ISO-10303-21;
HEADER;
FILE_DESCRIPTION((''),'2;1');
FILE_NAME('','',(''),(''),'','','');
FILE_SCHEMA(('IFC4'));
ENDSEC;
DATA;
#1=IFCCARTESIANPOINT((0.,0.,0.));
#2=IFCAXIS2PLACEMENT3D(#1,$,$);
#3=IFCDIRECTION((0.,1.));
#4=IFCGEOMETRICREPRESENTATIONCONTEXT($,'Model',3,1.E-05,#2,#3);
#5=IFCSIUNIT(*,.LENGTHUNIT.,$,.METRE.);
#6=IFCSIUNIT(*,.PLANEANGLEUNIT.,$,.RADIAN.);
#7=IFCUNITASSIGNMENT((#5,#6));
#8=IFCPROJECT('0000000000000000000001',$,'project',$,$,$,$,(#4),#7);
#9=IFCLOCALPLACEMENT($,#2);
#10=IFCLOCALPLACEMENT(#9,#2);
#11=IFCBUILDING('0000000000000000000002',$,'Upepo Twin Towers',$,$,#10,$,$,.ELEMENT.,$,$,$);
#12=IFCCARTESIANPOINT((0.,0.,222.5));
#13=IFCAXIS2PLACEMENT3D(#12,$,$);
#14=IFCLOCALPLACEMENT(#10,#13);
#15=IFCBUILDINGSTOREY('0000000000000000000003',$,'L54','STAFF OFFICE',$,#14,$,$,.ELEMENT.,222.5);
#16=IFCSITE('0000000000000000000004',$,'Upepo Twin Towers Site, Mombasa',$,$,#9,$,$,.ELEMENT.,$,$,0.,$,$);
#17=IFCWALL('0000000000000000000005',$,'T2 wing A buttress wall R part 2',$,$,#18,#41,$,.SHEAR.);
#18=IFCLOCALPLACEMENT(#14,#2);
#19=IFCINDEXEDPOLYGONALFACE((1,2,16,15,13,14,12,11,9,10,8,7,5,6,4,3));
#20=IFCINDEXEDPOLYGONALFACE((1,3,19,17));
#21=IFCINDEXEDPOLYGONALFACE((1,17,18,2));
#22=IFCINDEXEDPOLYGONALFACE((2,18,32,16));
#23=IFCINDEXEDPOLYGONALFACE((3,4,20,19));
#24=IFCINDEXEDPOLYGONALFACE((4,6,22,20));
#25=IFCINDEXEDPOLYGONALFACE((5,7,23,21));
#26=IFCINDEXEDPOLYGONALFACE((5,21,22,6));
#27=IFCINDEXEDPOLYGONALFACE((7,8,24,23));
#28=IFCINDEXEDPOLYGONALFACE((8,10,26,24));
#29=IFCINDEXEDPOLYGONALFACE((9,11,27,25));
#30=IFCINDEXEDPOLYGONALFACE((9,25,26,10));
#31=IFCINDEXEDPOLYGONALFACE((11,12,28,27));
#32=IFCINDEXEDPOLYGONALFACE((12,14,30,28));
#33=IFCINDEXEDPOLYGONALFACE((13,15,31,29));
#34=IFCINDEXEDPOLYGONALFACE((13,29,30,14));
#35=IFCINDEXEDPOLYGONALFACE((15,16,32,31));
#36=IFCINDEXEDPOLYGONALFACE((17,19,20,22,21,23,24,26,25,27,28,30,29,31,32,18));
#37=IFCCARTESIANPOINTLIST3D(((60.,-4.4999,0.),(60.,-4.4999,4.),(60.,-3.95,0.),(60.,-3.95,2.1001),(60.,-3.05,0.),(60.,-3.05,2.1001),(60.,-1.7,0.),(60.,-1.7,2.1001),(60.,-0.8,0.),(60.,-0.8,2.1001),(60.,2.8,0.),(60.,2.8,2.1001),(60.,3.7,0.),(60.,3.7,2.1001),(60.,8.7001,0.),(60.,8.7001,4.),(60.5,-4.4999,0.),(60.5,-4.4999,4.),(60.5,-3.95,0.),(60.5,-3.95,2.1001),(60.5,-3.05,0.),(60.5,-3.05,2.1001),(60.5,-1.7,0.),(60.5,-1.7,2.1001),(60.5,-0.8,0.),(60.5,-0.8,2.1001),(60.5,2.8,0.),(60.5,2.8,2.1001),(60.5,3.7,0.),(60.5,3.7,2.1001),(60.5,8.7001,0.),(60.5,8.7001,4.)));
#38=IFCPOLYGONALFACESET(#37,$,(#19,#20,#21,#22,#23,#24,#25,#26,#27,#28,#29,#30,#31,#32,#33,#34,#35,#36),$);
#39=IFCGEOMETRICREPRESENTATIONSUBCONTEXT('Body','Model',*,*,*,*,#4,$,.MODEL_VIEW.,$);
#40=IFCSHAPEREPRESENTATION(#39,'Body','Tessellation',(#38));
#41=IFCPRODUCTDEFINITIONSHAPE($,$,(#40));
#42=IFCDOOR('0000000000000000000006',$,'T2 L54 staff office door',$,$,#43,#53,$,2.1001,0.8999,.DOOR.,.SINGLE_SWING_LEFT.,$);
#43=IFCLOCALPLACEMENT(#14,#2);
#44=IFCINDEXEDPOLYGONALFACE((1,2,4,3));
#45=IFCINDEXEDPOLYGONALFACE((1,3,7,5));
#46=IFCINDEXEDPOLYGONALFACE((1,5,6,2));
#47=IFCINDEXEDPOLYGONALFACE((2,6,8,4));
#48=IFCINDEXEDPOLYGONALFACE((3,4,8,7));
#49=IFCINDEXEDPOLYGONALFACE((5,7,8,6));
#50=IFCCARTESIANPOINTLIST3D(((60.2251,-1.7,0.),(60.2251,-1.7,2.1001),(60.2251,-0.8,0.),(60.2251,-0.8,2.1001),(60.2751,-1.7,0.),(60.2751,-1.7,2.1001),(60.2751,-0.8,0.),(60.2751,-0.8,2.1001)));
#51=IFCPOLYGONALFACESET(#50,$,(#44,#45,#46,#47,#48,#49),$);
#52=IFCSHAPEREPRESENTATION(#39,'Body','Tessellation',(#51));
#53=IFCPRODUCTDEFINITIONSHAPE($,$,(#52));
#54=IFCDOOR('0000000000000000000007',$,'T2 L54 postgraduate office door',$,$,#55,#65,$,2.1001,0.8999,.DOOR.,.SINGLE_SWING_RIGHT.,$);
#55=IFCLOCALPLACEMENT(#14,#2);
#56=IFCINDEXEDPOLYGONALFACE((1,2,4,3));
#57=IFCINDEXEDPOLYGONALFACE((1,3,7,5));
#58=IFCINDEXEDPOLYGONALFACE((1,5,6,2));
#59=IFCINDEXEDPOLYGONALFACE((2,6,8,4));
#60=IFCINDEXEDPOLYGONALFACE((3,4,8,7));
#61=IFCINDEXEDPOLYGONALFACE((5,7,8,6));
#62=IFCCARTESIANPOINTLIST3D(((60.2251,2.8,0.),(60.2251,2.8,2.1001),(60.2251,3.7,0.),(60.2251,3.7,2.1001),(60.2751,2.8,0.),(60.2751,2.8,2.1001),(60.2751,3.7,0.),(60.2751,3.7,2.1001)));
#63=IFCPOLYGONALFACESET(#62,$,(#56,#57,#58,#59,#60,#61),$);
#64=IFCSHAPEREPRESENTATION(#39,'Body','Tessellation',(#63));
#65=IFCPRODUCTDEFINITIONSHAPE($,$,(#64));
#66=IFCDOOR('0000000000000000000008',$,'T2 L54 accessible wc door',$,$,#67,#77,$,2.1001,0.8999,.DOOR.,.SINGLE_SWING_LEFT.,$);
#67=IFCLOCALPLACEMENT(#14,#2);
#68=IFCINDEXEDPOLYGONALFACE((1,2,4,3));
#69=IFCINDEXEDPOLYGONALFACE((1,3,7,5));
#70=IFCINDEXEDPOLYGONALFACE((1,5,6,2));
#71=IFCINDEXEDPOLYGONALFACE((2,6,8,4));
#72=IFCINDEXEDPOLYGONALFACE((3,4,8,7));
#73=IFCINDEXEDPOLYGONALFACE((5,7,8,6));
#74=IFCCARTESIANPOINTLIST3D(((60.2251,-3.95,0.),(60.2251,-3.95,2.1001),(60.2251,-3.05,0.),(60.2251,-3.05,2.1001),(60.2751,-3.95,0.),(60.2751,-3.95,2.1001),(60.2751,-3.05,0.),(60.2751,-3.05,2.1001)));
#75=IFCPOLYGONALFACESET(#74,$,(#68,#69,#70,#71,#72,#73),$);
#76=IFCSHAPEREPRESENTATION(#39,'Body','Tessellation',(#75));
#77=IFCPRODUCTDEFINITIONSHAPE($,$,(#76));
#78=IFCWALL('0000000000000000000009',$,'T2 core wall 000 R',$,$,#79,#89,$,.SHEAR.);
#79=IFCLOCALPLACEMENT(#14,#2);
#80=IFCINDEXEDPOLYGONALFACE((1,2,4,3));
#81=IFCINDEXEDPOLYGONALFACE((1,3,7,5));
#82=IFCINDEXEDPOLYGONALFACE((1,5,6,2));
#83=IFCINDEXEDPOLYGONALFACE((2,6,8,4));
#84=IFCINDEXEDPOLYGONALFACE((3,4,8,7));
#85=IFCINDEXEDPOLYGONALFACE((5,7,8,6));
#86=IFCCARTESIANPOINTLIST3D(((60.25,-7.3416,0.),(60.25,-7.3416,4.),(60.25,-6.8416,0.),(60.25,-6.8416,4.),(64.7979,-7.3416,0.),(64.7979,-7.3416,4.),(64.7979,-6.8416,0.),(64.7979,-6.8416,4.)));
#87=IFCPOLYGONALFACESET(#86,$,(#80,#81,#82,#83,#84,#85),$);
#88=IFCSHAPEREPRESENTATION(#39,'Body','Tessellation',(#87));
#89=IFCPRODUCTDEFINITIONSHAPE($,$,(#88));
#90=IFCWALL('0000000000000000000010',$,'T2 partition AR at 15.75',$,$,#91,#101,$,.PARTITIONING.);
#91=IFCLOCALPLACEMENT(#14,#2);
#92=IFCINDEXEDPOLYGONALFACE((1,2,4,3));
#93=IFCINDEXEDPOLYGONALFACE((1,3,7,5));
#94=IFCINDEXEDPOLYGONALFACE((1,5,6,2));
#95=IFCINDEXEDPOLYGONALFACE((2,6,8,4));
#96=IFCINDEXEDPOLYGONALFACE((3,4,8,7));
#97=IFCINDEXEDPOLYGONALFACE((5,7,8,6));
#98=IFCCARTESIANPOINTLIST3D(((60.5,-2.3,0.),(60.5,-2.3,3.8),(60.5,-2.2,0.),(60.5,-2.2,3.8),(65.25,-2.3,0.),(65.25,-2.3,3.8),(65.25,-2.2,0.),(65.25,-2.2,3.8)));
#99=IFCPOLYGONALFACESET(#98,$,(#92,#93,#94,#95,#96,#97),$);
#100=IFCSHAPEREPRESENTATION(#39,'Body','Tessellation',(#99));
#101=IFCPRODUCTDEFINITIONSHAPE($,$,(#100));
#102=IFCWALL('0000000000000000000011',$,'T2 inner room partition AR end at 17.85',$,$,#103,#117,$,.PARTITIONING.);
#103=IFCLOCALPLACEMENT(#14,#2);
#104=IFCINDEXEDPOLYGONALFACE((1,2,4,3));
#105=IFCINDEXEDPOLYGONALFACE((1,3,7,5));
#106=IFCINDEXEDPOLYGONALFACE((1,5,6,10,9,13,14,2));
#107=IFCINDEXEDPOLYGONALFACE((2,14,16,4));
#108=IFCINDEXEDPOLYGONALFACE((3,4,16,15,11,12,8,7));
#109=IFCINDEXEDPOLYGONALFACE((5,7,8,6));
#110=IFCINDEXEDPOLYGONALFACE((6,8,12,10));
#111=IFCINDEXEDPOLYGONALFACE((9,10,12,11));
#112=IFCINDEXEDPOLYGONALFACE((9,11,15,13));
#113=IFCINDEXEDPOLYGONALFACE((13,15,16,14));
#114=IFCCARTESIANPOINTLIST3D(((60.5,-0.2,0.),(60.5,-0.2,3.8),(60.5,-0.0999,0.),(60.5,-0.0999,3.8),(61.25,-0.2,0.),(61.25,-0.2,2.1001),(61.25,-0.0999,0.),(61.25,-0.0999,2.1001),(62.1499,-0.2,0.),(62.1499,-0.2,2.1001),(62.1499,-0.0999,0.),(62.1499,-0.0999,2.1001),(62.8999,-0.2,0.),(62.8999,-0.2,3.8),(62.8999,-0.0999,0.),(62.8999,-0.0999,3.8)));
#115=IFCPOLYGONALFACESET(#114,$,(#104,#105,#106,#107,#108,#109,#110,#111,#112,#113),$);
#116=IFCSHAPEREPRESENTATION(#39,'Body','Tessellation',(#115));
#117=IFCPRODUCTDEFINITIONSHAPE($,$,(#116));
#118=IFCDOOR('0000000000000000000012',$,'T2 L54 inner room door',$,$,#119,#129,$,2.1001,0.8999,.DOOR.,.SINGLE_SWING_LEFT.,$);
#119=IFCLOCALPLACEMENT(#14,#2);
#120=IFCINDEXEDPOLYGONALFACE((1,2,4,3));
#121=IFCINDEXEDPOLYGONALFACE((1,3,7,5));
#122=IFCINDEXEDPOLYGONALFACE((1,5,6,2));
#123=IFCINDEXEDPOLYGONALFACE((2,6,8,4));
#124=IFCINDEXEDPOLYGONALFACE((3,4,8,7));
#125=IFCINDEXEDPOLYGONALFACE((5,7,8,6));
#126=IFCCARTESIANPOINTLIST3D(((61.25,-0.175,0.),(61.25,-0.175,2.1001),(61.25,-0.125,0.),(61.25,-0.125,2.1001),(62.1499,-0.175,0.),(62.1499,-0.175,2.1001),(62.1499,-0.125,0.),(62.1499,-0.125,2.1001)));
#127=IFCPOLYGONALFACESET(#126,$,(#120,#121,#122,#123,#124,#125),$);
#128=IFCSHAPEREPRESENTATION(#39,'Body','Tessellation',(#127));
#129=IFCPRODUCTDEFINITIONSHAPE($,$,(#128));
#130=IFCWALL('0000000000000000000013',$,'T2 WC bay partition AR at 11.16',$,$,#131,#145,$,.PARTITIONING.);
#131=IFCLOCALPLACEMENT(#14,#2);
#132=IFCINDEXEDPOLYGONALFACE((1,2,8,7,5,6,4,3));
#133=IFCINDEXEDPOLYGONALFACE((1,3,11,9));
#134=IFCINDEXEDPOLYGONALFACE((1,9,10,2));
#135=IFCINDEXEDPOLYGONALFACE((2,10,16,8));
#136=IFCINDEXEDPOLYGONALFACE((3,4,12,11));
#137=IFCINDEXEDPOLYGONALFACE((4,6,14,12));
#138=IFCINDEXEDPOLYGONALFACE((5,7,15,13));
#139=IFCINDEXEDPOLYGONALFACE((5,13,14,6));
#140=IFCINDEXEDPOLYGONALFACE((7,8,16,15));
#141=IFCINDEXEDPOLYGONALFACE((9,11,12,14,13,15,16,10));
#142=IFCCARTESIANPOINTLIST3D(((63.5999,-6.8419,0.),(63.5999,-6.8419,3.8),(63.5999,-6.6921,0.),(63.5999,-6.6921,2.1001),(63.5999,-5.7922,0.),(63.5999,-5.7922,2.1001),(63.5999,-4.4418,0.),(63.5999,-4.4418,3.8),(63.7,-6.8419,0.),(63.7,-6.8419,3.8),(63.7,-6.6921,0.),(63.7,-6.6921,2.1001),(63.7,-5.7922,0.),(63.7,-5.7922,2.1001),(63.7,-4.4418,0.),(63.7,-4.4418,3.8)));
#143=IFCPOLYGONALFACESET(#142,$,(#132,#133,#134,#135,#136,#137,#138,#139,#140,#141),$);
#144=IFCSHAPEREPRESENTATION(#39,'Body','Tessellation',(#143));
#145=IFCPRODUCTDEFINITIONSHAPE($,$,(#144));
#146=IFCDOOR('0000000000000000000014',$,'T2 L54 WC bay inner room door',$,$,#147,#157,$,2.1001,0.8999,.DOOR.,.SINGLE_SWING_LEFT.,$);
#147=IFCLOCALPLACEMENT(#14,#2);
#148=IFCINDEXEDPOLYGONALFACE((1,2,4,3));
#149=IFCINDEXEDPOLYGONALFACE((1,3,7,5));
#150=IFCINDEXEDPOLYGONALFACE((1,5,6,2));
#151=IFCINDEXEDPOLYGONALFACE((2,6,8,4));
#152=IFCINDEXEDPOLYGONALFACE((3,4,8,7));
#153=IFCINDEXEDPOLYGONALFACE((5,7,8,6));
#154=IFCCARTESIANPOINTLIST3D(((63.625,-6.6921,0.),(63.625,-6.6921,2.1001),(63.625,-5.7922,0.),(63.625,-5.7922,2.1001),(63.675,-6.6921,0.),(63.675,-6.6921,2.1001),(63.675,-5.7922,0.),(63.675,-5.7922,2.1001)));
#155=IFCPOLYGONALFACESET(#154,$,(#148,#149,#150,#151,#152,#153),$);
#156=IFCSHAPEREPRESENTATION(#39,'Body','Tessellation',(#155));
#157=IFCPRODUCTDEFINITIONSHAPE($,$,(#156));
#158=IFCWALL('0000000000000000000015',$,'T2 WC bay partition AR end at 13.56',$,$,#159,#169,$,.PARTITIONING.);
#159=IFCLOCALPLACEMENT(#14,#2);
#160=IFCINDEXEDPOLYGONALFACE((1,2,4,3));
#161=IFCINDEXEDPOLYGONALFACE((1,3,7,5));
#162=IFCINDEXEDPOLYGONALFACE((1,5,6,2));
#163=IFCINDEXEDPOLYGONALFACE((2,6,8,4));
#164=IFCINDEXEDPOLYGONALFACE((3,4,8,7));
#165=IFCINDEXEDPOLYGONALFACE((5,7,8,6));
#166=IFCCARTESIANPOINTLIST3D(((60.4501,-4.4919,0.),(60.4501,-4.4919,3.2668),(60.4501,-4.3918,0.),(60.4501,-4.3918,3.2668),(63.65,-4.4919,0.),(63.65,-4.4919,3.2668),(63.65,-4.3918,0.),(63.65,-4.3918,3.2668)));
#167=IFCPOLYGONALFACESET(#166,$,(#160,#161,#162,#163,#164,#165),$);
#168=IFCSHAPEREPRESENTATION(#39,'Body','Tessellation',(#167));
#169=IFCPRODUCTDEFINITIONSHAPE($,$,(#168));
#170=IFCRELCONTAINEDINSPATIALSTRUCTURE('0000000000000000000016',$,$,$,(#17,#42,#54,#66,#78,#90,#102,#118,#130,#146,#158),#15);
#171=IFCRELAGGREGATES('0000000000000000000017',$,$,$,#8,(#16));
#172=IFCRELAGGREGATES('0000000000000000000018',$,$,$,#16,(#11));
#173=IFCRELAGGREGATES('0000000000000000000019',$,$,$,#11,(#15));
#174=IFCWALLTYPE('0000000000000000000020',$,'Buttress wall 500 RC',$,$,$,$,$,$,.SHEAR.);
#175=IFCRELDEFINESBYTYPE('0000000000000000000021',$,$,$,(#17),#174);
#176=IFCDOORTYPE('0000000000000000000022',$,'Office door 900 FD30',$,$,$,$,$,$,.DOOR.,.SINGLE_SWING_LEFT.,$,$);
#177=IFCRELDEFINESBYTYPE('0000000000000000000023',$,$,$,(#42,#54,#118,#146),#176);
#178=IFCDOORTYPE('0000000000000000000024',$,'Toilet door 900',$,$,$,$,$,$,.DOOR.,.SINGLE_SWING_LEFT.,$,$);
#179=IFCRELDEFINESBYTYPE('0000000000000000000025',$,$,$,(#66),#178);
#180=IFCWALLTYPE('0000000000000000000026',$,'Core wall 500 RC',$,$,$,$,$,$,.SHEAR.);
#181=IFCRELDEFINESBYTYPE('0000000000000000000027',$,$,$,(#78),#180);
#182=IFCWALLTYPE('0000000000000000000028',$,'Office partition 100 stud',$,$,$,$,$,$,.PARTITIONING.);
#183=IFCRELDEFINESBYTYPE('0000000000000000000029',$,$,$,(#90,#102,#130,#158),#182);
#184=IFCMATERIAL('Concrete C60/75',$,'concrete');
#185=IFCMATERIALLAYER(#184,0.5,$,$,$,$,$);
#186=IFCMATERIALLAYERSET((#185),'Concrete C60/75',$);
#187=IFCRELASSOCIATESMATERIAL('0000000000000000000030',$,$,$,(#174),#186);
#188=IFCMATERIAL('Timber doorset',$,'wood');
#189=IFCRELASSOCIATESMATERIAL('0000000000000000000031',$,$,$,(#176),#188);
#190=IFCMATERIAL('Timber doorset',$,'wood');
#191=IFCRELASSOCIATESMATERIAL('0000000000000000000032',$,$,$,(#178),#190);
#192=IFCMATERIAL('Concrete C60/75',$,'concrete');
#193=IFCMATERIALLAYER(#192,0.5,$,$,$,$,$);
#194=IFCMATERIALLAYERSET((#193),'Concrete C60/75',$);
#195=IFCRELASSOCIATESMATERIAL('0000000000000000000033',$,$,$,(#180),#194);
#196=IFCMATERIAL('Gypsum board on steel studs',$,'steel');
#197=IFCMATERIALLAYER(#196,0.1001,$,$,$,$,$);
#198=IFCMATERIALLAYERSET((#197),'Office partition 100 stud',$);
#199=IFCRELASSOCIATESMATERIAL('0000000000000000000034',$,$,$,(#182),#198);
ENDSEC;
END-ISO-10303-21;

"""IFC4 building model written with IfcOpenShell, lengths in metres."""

from ifc_helpers import new_model, si_unit, direction, frame, frame_2d, origin, place, context, subcontext, project, spatial, rectangle, extrude, material, layer, layer_set, type_object, element, fill, save


model = new_model("IFC4")

# Units and contexts
model_context = context("Model", 3, precision=1e-05, world=origin(), true_north=direction((0.0, 1.0)))
body_context = subcontext(model_context, "Body", "Model", "MODEL_VIEW")
ifc_project = project(units=[si_unit("LENGTHUNIT", "METRE"), si_unit("PLANEANGLEUNIT", "RADIAN")], contexts=[model_context])

# Site, building, storey
site_placement = place(None, origin())
site = spatial("IfcSite", under=ifc_project, at=site_placement, Name="Upepo Twin Towers Site, Mombasa", CompositionType="ELEMENT", RefElevation=0.0)
building_placement = place(site_placement, origin())
building = spatial("IfcBuilding", under=site, at=building_placement, Name="Upepo Twin Towers", CompositionType="ELEMENT")
storey_placement = place(building_placement, frame((0.0, 0.0, 222.5)))
storey = spatial("IfcBuildingStorey", under=building, at=storey_placement, Name="L54", Description="STAFF OFFICE", CompositionType="ELEMENT", Elevation=222.5)

# Wall, openings, doors
ifc_material_1 = material(Name="Concrete C60/75", Category="concrete")
ifc_layer_1 = layer(ifc_material_1, 0.5)
ifc_layer_set_1 = layer_set([ifc_layer_1], Name="Concrete C60/75")
wall_type_1 = type_object("IfcWallType", Name="Buttress wall 500 RC", PredefinedType="SHEAR", material=ifc_layer_set_1)
wall_1_placement = place(storey_placement, frame((60.25, -4.5, 0.0), z_axis=(0.0, 0.0, 1.0), x_axis=(0.0, 1.0, 0.0)))
wall_1 = element("IfcWall", 1, at=wall_1_placement, inside=storey, type_object=wall_type_1, Name="T2 wing A buttress wall R part 2", PredefinedType="SHEAR", context=body_context, shape_type="SweptSolid", body=[
    extrude(rectangle(XDim=13.2, YDim=0.5, at=frame_2d((6.6001, 0.0))), origin(), (0.0, 0.0, 1.0), 4.0),
])
opening_1_placement = place(wall_1_placement, frame((0.55, 0.0, 0.0)))
opening_1 = element("IfcOpeningElement", 2, at=opening_1_placement, cuts=wall_1, PredefinedType="OPENING", context=body_context, shape_type="SweptSolid", body=[
    extrude(rectangle(XDim=0.8999, YDim=2.1001, at=frame_2d((0.45, 1.05))), frame((0.0, 0.26, 0.0), z_axis=(0.0, -1.0, 0.0), x_axis=(1.0, 0.0, 0.0)), (0.0, 0.0, 1.0), 0.52),
])
opening_2_placement = place(wall_1_placement, frame((2.8, 0.0, 0.0)))
opening_2 = element("IfcOpeningElement", 3, at=opening_2_placement, cuts=wall_1, PredefinedType="OPENING", context=body_context, shape_type="SweptSolid", body=[
    extrude(rectangle(XDim=0.8999, YDim=2.1001, at=frame_2d((0.45, 1.05))), frame((0.0, 0.26, 0.0), z_axis=(0.0, -1.0, 0.0), x_axis=(1.0, 0.0, 0.0)), (0.0, 0.0, 1.0), 0.52),
])
opening_3_placement = place(wall_1_placement, frame((7.3, 0.0, 0.0)))
opening_3 = element("IfcOpeningElement", 4, at=opening_3_placement, cuts=wall_1, PredefinedType="OPENING", context=body_context, shape_type="SweptSolid", body=[
    extrude(rectangle(XDim=0.8999, YDim=2.1001, at=frame_2d((0.45, 1.05))), frame((0.0, 0.26, 0.0), z_axis=(0.0, -1.0, 0.0), x_axis=(1.0, 0.0, 0.0)), (0.0, 0.0, 1.0), 0.52),
])
ifc_material_2 = material(Name="Timber doorset", Category="wood")
door_type_1 = type_object("IfcDoorType", Name="Office door 900 FD30", OperationType="SINGLE_SWING_LEFT", PredefinedType="DOOR", material=ifc_material_2)
door_1_placement = place(opening_2_placement, origin())
door_1 = element("IfcDoor", 5, at=door_1_placement, inside=storey, type_object=door_type_1, Name="T2 L54 staff office door", OperationType="SINGLE_SWING_LEFT", OverallHeight=2.1001, OverallWidth=0.8999, PredefinedType="DOOR", context=body_context, shape_type="SweptSolid", body=[
    extrude(rectangle(XDim=0.8999, YDim=2.1001, at=frame_2d((0.45, 1.05))), frame((0.0, 0.0249, 0.0), z_axis=(0.0, -1.0, 0.0), x_axis=(1.0, 0.0, 0.0)), (0.0, 0.0, 1.0), 0.05),
])
fill(opening_2, door_1)
door_2_placement = place(opening_3_placement, origin())
door_2 = element("IfcDoor", 6, at=door_2_placement, inside=storey, type_object=door_type_1, Name="T2 L54 postgraduate office door", OperationType="SINGLE_SWING_RIGHT", OverallHeight=2.1001, OverallWidth=0.8999, PredefinedType="DOOR", context=body_context, shape_type="SweptSolid", body=[
    extrude(rectangle(XDim=0.8999, YDim=2.1001, at=frame_2d((0.45, 1.05))), frame((0.0, 0.0249, 0.0), z_axis=(0.0, -1.0, 0.0), x_axis=(1.0, 0.0, 0.0)), (0.0, 0.0, 1.0), 0.05),
])
fill(opening_3, door_2)
ifc_material_3 = material(Name="Timber doorset", Category="wood")
door_type_2 = type_object("IfcDoorType", Name="Toilet door 900", OperationType="SINGLE_SWING_LEFT", PredefinedType="DOOR", material=ifc_material_3)
door_3_placement = place(opening_1_placement, origin())
door_3 = element("IfcDoor", 7, at=door_3_placement, inside=storey, type_object=door_type_2, Name="T2 L54 accessible wc door", OperationType="SINGLE_SWING_LEFT", OverallHeight=2.1001, OverallWidth=0.8999, PredefinedType="DOOR", context=body_context, shape_type="SweptSolid", body=[
    extrude(rectangle(XDim=0.8999, YDim=2.1001, at=frame_2d((0.45, 1.05))), frame((0.0, 0.0249, 0.0), z_axis=(0.0, -1.0, 0.0), x_axis=(1.0, 0.0, 0.0)), (0.0, 0.0, 1.0), 0.05),
])
fill(opening_1, door_3)

# Walls
ifc_material_4 = material(Name="Concrete C60/75", Category="concrete")
ifc_layer_2 = layer(ifc_material_4, 0.5)
ifc_layer_set_2 = layer_set([ifc_layer_2], Name="Concrete C60/75")
wall_type_2 = type_object("IfcWallType", Name="Core wall 500 RC", PredefinedType="SHEAR", material=ifc_layer_set_2)
wall_2_placement = place(storey_placement, frame((64.7979, -7.0916, 0.0), z_axis=(0.0, 0.0, 1.0), x_axis=(-1.0, 0.0, 0.0)))
element("IfcWall", 8, at=wall_2_placement, inside=storey, type_object=wall_type_2, Name="T2 core wall 000 R", PredefinedType="SHEAR", context=body_context, shape_type="SweptSolid", body=[
    extrude(rectangle(XDim=4.5479, YDim=0.5, at=frame_2d((2.2739, 0.0))), origin(), (0.0, 0.0, 1.0), 4.0),
])
ifc_material_5 = material(Name="Gypsum board on steel studs", Category="steel")
ifc_layer_3 = layer(ifc_material_5, 0.1001)
ifc_layer_set_3 = layer_set([ifc_layer_3], Name="Office partition 100 stud")
wall_type_3 = type_object("IfcWallType", Name="Office partition 100 stud", PredefinedType="PARTITIONING", material=ifc_layer_set_3)
wall_3_placement = place(storey_placement, frame((60.5, -2.25, 0.0), z_axis=(0.0, 0.0, 1.0), x_axis=(1.0, 0.0, 0.0)))
element("IfcWall", 9, at=wall_3_placement, inside=storey, type_object=wall_type_3, Name="T2 partition AR at 15.75", PredefinedType="PARTITIONING", context=body_context, shape_type="SweptSolid", body=[
    extrude(rectangle(XDim=4.75, YDim=0.1001, at=frame_2d((2.375, 0.0))), origin(), (0.0, 0.0, 1.0), 3.8),
])

# Walls, openings, doors
wall_4_placement = place(storey_placement, frame((60.5, -0.1499, 0.0), z_axis=(0.0, 0.0, 1.0), x_axis=(1.0, 0.0, 0.0)))
wall_4 = element("IfcWall", 10, at=wall_4_placement, inside=storey, type_object=wall_type_3, Name="T2 inner room partition AR end at 17.85", PredefinedType="PARTITIONING", context=body_context, shape_type="SweptSolid", body=[
    extrude(rectangle(XDim=2.3999, YDim=0.1001, at=frame_2d((1.2, 0.0))), origin(), (0.0, 0.0, 1.0), 3.8),
])
opening_4_placement = place(wall_4_placement, frame((0.75, 0.0, 0.0)))
opening_4 = element("IfcOpeningElement", 11, at=opening_4_placement, cuts=wall_4, PredefinedType="OPENING", context=body_context, shape_type="SweptSolid", body=[
    extrude(rectangle(XDim=0.8999, YDim=2.1001, at=frame_2d((0.45, 1.05))), frame((0.0, 0.0601, 0.0), z_axis=(0.0, -1.0, 0.0), x_axis=(1.0, 0.0, 0.0)), (0.0, 0.0, 1.0), 0.1201),
])
door_4_placement = place(opening_4_placement, origin())
door_4 = element("IfcDoor", 12, at=door_4_placement, inside=storey, type_object=door_type_1, Name="T2 L54 inner room door", OperationType="SINGLE_SWING_LEFT", OverallHeight=2.1001, OverallWidth=0.8999, PredefinedType="DOOR", context=body_context, shape_type="SweptSolid", body=[
    extrude(rectangle(XDim=0.8999, YDim=2.1001, at=frame_2d((0.45, 1.05))), frame((0.0, 0.0249, 0.0), z_axis=(0.0, -1.0, 0.0), x_axis=(1.0, 0.0, 0.0)), (0.0, 0.0, 1.0), 0.05),
])
fill(opening_4, door_4)
wall_5_placement = place(storey_placement, frame((63.6499, -6.842, 0.0), z_axis=(0.0, 0.0, 1.0), x_axis=(0.0, 1.0, 0.0)))
wall_5 = element("IfcWall", 13, at=wall_5_placement, inside=storey, type_object=wall_type_3, Name="T2 WC bay partition AR at 11.16", PredefinedType="PARTITIONING", context=body_context, shape_type="SweptSolid", body=[
    extrude(rectangle(XDim=2.4001, YDim=0.1001, at=frame_2d((1.2002, 0.0))), origin(), (0.0, 0.0, 1.0), 3.8),
])
opening_5_placement = place(wall_5_placement, frame((0.1499, 0.0, 0.0)))
opening_5 = element("IfcOpeningElement", 14, at=opening_5_placement, cuts=wall_5, PredefinedType="OPENING", context=body_context, shape_type="SweptSolid", body=[
    extrude(rectangle(XDim=0.8999, YDim=2.1001, at=frame_2d((0.45, 1.05))), frame((0.0, 0.0601, 0.0), z_axis=(0.0, -1.0, 0.0), x_axis=(1.0, 0.0, 0.0)), (0.0, 0.0, 1.0), 0.1201),
])
door_5_placement = place(opening_5_placement, origin())
door_5 = element("IfcDoor", 15, at=door_5_placement, inside=storey, type_object=door_type_1, Name="T2 L54 WC bay inner room door", OperationType="SINGLE_SWING_LEFT", OverallHeight=2.1001, OverallWidth=0.8999, PredefinedType="DOOR", context=body_context, shape_type="SweptSolid", body=[
    extrude(rectangle(XDim=0.8999, YDim=2.1001, at=frame_2d((0.45, 1.05))), frame((0.0, 0.0249, 0.0), z_axis=(0.0, -1.0, 0.0), x_axis=(1.0, 0.0, 0.0)), (0.0, 0.0, 1.0), 0.05),
])
fill(opening_5, door_5)

# Wall
wall_6_placement = place(storey_placement, frame((60.45, -4.4419, 0.0), z_axis=(0.0, 0.0, 1.0), x_axis=(1.0, 0.0, 0.0)))
element("IfcWall", 16, at=wall_6_placement, inside=storey, type_object=wall_type_3, Name="T2 WC bay partition AR end at 13.56", PredefinedType="PARTITIONING", context=body_context, shape_type="SweptSolid", body=[
    extrude(rectangle(XDim=3.2, YDim=0.1001, at=frame_2d((1.6001, 0.0))), origin(), (0.0, 0.0, 1.0), 3.2668),
])

save(model, "model.ifc")
